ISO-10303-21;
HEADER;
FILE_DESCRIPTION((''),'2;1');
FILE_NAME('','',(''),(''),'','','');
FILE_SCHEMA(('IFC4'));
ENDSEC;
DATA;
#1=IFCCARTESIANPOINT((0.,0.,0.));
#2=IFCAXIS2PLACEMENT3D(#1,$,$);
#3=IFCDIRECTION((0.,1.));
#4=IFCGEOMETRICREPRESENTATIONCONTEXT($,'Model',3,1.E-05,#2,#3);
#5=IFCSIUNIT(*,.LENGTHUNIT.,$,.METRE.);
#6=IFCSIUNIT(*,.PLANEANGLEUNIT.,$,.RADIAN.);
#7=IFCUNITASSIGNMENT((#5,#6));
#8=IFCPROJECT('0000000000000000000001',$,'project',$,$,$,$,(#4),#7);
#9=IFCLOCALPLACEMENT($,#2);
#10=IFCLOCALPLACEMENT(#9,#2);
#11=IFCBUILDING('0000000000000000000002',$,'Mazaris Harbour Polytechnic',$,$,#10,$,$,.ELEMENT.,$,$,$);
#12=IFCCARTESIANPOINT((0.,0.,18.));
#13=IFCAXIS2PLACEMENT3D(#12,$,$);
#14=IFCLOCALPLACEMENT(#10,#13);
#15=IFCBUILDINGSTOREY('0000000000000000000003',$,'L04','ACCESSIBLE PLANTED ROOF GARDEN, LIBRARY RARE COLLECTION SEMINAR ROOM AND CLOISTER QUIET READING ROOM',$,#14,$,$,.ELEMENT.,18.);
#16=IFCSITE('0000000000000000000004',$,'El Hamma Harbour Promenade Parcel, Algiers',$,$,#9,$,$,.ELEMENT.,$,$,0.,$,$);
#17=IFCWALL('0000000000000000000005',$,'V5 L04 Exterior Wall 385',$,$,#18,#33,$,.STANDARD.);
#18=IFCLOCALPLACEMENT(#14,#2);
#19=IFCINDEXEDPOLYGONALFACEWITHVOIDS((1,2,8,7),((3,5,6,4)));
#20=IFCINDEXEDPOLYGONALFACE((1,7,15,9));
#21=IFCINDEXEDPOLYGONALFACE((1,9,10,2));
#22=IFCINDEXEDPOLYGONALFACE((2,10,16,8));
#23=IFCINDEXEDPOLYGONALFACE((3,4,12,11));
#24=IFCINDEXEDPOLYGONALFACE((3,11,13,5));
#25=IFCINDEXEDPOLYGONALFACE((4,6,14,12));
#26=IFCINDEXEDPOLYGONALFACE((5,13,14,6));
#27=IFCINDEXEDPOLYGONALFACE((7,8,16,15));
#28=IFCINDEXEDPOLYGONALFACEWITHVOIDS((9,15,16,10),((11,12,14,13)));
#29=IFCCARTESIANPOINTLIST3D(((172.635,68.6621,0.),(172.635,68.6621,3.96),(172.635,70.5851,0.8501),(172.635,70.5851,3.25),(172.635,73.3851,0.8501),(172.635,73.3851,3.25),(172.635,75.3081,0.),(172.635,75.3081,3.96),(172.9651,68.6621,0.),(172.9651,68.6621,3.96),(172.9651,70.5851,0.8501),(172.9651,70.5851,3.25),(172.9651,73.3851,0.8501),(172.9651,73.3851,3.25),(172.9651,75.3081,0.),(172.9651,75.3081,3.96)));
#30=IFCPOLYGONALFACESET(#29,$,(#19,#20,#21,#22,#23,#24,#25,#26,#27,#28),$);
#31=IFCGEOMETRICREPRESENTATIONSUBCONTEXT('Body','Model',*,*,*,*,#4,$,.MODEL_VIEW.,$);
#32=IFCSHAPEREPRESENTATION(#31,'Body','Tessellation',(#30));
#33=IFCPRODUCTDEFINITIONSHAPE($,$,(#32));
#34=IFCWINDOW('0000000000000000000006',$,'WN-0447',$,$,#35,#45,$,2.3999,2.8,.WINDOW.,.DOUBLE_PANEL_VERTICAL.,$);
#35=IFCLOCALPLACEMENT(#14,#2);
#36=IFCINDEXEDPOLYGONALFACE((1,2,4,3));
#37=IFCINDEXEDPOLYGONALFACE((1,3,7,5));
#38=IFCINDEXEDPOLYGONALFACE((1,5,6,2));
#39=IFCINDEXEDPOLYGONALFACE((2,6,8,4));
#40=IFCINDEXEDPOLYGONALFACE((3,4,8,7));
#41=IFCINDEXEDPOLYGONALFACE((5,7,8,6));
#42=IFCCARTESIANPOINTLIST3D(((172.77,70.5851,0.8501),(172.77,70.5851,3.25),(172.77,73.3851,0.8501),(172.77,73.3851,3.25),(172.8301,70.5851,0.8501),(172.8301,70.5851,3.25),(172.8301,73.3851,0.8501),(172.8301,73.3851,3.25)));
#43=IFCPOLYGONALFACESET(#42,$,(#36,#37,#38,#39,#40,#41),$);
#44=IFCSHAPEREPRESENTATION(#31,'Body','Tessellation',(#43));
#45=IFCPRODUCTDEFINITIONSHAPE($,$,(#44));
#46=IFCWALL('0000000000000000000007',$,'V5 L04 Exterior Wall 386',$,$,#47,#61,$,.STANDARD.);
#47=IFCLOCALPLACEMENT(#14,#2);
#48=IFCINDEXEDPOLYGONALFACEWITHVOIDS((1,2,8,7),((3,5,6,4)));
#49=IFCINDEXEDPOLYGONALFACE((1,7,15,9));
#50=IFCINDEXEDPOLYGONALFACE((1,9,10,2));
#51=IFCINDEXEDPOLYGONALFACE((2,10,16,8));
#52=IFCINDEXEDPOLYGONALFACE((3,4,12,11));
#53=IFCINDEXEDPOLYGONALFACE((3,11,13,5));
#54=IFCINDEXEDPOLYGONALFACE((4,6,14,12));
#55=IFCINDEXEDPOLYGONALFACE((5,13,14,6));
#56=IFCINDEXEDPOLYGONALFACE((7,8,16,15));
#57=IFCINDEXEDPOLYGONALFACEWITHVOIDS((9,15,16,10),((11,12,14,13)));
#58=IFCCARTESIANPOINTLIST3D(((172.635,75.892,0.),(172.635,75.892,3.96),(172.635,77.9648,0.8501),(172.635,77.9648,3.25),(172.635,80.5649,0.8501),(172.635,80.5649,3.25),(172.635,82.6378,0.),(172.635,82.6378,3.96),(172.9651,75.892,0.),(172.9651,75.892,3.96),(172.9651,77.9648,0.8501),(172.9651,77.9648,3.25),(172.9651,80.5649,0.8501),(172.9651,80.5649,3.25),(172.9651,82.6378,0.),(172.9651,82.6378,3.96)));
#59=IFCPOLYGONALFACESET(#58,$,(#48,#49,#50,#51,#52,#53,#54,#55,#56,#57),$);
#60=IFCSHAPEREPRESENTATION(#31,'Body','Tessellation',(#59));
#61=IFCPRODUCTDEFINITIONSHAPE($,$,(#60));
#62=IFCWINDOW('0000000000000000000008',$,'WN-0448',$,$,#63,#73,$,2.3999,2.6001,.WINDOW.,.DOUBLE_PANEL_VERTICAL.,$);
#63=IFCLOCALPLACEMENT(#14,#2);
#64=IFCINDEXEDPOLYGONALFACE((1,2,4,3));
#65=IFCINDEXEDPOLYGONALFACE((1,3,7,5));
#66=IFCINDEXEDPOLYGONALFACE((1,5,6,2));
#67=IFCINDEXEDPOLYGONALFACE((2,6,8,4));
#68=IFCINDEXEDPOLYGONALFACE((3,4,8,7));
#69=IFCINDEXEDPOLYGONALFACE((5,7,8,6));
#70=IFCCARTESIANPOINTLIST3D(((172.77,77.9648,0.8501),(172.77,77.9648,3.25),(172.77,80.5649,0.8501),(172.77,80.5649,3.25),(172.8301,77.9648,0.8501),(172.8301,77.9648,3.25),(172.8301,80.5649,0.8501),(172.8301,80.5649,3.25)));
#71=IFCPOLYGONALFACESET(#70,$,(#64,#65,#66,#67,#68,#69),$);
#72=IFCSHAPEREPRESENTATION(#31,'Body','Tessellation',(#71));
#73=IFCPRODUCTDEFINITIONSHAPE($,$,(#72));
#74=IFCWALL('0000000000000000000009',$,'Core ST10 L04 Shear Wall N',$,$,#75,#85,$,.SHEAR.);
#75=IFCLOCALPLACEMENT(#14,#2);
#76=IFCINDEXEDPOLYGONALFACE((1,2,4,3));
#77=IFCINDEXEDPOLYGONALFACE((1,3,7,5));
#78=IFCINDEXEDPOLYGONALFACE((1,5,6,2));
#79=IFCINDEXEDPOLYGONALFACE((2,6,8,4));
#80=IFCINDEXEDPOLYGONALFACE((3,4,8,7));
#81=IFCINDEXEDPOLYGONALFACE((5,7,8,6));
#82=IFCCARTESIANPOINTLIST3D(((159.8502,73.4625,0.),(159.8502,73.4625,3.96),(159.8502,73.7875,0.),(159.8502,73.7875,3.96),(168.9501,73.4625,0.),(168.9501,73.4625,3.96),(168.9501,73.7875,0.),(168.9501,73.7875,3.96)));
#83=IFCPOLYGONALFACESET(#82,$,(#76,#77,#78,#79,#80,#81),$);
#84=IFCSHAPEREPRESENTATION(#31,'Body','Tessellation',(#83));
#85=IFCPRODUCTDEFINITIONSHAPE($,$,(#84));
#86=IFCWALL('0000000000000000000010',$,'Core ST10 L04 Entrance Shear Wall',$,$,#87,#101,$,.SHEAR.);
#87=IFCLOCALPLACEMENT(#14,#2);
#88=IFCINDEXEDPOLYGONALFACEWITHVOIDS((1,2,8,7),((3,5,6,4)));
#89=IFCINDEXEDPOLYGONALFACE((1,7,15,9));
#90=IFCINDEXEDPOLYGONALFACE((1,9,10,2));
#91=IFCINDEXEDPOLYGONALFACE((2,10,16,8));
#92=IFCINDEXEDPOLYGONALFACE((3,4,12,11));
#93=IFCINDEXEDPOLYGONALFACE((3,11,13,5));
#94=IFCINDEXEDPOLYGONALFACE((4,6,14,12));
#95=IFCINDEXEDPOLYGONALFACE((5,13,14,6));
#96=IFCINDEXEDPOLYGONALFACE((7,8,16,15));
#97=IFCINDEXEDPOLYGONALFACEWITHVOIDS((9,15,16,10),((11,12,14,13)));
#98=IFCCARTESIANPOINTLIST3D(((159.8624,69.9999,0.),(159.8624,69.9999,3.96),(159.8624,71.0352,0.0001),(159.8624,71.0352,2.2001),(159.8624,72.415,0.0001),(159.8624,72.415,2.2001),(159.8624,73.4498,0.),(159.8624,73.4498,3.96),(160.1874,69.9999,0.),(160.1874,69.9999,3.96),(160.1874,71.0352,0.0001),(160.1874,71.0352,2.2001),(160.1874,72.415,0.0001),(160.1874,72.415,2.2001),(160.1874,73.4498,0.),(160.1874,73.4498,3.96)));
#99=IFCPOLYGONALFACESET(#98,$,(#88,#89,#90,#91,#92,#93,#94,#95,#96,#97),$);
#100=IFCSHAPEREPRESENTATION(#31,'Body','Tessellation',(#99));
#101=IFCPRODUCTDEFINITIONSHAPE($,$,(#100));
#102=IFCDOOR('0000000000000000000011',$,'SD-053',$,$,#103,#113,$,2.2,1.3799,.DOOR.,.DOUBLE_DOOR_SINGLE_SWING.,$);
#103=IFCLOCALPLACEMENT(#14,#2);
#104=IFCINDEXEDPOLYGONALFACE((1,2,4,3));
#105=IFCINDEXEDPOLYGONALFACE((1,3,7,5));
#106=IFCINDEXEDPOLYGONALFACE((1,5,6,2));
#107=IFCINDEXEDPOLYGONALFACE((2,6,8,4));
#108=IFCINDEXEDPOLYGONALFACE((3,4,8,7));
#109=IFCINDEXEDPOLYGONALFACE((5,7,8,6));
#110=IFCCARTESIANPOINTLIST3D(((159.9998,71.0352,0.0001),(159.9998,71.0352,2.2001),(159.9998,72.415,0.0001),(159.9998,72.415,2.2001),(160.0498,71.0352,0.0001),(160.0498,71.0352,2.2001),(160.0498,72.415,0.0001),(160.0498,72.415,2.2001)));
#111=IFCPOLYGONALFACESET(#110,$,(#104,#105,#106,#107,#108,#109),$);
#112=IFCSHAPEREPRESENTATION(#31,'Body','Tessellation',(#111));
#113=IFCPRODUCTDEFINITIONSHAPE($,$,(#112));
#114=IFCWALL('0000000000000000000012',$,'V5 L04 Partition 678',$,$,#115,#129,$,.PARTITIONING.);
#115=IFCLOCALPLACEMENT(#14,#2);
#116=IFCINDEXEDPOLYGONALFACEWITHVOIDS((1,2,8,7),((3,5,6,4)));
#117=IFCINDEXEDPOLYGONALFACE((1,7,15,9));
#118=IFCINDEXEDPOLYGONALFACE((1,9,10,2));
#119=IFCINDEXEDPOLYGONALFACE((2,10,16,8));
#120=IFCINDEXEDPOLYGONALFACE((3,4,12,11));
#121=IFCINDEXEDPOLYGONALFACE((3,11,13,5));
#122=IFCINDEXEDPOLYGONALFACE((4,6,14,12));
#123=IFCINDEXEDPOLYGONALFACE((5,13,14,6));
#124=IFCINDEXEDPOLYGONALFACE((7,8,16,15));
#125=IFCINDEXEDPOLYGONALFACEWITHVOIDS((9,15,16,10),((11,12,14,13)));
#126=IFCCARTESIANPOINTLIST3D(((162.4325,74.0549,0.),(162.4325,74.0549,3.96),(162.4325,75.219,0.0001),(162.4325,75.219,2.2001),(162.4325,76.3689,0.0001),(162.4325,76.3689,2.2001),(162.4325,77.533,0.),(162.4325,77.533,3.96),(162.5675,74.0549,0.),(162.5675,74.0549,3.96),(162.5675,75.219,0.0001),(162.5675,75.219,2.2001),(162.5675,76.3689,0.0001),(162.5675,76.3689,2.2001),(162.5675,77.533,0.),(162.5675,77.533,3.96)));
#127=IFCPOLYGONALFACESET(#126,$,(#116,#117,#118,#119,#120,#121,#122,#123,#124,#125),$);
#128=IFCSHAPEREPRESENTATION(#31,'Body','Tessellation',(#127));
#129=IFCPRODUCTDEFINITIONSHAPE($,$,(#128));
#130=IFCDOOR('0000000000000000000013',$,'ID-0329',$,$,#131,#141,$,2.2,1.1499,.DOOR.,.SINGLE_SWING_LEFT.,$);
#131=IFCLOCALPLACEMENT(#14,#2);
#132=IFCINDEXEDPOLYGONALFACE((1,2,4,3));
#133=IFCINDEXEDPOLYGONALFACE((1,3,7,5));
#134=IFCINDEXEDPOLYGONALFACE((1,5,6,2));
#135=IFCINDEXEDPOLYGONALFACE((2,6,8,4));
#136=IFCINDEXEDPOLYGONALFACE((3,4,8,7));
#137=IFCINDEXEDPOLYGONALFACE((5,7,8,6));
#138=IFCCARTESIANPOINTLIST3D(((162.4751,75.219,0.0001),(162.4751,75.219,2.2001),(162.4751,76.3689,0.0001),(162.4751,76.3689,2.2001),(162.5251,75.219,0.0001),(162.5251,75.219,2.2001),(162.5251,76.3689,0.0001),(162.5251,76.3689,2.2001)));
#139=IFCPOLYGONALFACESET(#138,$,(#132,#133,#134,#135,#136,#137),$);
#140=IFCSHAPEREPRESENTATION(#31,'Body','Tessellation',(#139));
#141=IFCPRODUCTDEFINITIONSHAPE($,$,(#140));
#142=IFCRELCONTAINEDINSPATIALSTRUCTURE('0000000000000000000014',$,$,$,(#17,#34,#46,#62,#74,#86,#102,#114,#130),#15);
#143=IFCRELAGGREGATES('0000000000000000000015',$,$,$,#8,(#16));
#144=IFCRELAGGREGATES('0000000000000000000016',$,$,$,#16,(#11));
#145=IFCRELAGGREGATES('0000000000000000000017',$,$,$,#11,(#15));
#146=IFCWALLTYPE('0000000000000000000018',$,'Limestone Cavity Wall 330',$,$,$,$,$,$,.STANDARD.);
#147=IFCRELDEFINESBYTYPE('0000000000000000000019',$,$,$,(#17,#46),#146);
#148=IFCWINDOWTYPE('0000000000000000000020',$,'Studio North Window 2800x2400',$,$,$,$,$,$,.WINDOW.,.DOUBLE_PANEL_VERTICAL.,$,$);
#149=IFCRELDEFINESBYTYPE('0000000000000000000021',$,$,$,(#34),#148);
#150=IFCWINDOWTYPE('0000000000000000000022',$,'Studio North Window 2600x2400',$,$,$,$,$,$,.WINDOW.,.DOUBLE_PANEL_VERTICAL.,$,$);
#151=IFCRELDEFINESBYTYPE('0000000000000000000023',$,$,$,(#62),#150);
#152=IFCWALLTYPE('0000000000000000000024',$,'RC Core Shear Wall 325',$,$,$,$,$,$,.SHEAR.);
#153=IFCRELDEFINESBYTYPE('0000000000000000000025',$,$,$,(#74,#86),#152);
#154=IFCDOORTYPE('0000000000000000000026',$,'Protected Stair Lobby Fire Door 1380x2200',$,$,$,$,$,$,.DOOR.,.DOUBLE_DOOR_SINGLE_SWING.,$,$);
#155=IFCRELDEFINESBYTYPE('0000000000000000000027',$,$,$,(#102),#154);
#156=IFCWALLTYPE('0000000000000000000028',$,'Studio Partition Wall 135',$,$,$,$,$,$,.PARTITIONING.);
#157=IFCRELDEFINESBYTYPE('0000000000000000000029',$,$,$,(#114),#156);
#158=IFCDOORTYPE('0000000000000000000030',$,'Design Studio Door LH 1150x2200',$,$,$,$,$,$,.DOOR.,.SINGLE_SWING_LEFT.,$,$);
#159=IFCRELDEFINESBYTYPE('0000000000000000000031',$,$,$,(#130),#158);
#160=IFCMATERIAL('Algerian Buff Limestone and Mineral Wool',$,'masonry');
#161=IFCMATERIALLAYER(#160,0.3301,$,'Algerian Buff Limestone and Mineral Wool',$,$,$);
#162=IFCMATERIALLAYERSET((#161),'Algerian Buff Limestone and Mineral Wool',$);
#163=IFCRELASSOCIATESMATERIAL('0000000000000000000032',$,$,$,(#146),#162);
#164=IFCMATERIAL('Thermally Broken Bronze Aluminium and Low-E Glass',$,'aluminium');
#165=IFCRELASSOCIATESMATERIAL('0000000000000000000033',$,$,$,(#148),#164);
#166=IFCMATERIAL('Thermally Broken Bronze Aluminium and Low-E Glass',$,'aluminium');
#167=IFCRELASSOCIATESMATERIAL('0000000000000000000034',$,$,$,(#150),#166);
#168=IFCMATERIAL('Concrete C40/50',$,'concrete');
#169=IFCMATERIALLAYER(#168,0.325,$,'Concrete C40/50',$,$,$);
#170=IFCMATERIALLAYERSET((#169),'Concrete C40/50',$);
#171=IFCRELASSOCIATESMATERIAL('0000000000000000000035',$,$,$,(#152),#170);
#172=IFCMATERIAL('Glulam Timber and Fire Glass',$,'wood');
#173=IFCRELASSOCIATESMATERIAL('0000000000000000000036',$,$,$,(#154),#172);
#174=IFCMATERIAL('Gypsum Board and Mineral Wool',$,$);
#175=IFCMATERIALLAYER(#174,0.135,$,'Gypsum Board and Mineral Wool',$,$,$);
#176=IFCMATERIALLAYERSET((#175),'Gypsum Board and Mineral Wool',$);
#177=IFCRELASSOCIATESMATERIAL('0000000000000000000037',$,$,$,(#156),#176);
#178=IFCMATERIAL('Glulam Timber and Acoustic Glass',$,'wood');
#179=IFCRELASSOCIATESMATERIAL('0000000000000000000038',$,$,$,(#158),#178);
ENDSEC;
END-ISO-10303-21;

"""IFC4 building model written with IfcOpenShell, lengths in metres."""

from ifc_helpers import new_model, si_unit, direction, frame, frame_2d, origin, place, context, subcontext, project, spatial, rectangle, extrude, material, layer, layer_set, type_object, element, fill, save


model = new_model("IFC4")

# Units and contexts
model_context = context("Model", 3, precision=1e-05, world=origin(), true_north=direction((0.0, 1.0)))
body_context = subcontext(model_context, "Body", "Model", "MODEL_VIEW")
ifc_project = project(units=[si_unit("LENGTHUNIT", "METRE"), si_unit("PLANEANGLEUNIT", "RADIAN")], contexts=[model_context])

# Site, building, storey
site_placement = place(None, origin())
site = spatial("IfcSite", under=ifc_project, at=site_placement, Name="El Hamma Harbour Promenade Parcel, Algiers", CompositionType="ELEMENT", RefElevation=0.0)
building_placement = place(site_placement, origin())
building = spatial("IfcBuilding", under=site, at=building_placement, Name="Mazaris Harbour Polytechnic", CompositionType="ELEMENT")
storey_placement = place(building_placement, frame((0.0, 0.0, 18.0)))
storey = spatial("IfcBuildingStorey", under=building, at=storey_placement, Name="L04", Description="ACCESSIBLE PLANTED ROOF GARDEN, LIBRARY RARE COLLECTION SEMINAR ROOM AND CLOISTER QUIET READING ROOM", CompositionType="ELEMENT", Elevation=18.0)

# Walls, openings, windows
ifc_material_1 = material(Name="Algerian Buff Limestone and Mineral Wool", Category="masonry")
ifc_layer_1 = layer(ifc_material_1, 0.3301, Name="Algerian Buff Limestone and Mineral Wool")
ifc_layer_set_1 = layer_set([ifc_layer_1], Name="Algerian Buff Limestone and Mineral Wool")
wall_type_1 = type_object("IfcWallType", Name="Limestone Cavity Wall 330", PredefinedType="STANDARD", material=ifc_layer_set_1)
wall_1_placement = place(storey_placement, frame((172.8, 75.3081, 0.0), z_axis=(0.0, 0.0, 1.0), x_axis=(0.0, -1.0, 0.0)))
wall_1 = element("IfcWall", 1, at=wall_1_placement, inside=storey, type_object=wall_type_1, Name="V5 L04 Exterior Wall 385", PredefinedType="STANDARD", context=body_context, shape_type="SweptSolid", body=[
    extrude(rectangle(XDim=6.646, YDim=0.3301, at=frame_2d((3.323, 0.0))), origin(), (0.0, 0.0, 1.0), 3.96),
])
opening_1_placement = place(wall_1_placement, frame((1.9231, 0.0, 0.8501)))
opening_1 = element("IfcOpeningElement", 2, at=opening_1_placement, cuts=wall_1, PredefinedType="OPENING", context=body_context, shape_type="SweptSolid", body=[
    extrude(rectangle(XDim=2.8, YDim=2.3999, at=frame_2d((1.3999, 1.2))), frame((0.0, 0.175, 0.0), z_axis=(0.0, -1.0, 0.0), x_axis=(1.0, 0.0, 0.0)), (0.0, 0.0, 1.0), 0.3501),
])
ifc_material_2 = material(Name="Thermally Broken Bronze Aluminium and Low-E Glass", Category="aluminium")
window_type_1 = type_object("IfcWindowType", Name="Studio North Window 2800x2400", PartitioningType="DOUBLE_PANEL_VERTICAL", PredefinedType="WINDOW", material=ifc_material_2)
window_1_placement = place(opening_1_placement, origin())
window_1 = element("IfcWindow", 3, at=window_1_placement, inside=storey, type_object=window_type_1, Name="WN-0447", OverallHeight=2.3999, OverallWidth=2.8, PartitioningType="DOUBLE_PANEL_VERTICAL", PredefinedType="WINDOW", context=body_context, shape_type="SweptSolid", body=[
    extrude(rectangle(XDim=2.8, YDim=2.3999, at=frame_2d((1.3999, 1.2))), frame((0.0, 0.03, 0.0), z_axis=(0.0, -1.0, 0.0), x_axis=(1.0, 0.0, 0.0)), (0.0, 0.0, 1.0), 0.0601),
])
fill(opening_1, window_1)
wall_2_placement = place(storey_placement, frame((172.8, 82.6379, 0.0), z_axis=(0.0, 0.0, 1.0), x_axis=(0.0, -1.0, 0.0)))
wall_2 = element("IfcWall", 4, at=wall_2_placement, inside=storey, type_object=wall_type_1, Name="V5 L04 Exterior Wall 386", PredefinedType="STANDARD", context=body_context, shape_type="SweptSolid", body=[
    extrude(rectangle(XDim=6.7458, YDim=0.3301, at=frame_2d((3.373, 0.0))), origin(), (0.0, 0.0, 1.0), 3.96),
])
opening_2_placement = place(wall_2_placement, frame((2.073, 0.0, 0.8501)))
opening_2 = element("IfcOpeningElement", 5, at=opening_2_placement, cuts=wall_2, PredefinedType="OPENING", context=body_context, shape_type="SweptSolid", body=[
    extrude(rectangle(XDim=2.6001, YDim=2.3999, at=frame_2d((1.3, 1.2))), frame((0.0, 0.175, 0.0), z_axis=(0.0, -1.0, 0.0), x_axis=(1.0, 0.0, 0.0)), (0.0, 0.0, 1.0), 0.3501),
])
ifc_material_3 = material(Name="Thermally Broken Bronze Aluminium and Low-E Glass", Category="aluminium")
window_type_2 = type_object("IfcWindowType", Name="Studio North Window 2600x2400", PartitioningType="DOUBLE_PANEL_VERTICAL", PredefinedType="WINDOW", material=ifc_material_3)
window_2_placement = place(opening_2_placement, origin())
window_2 = element("IfcWindow", 6, at=window_2_placement, inside=storey, type_object=window_type_2, Name="WN-0448", OverallHeight=2.3999, OverallWidth=2.6001, PartitioningType="DOUBLE_PANEL_VERTICAL", PredefinedType="WINDOW", context=body_context, shape_type="SweptSolid", body=[
    extrude(rectangle(XDim=2.6001, YDim=2.3999, at=frame_2d((1.3, 1.2))), frame((0.0, 0.03, 0.0), z_axis=(0.0, -1.0, 0.0), x_axis=(1.0, 0.0, 0.0)), (0.0, 0.0, 1.0), 0.0601),
])
fill(opening_2, window_2)

# Wall
ifc_material_4 = material(Name="Concrete C40/50", Category="concrete")
ifc_layer_2 = layer(ifc_material_4, 0.325, Name="Concrete C40/50")
ifc_layer_set_2 = layer_set([ifc_layer_2], Name="Concrete C40/50")
wall_type_2 = type_object("IfcWallType", Name="RC Core Shear Wall 325", PredefinedType="SHEAR", material=ifc_layer_set_2)
wall_3_placement = place(storey_placement, frame((168.95, 73.625, 0.0), z_axis=(0.0, 0.0, 1.0), x_axis=(-1.0, 0.0, 0.0)))
element("IfcWall", 7, at=wall_3_placement, inside=storey, type_object=wall_type_2, Name="Core ST10 L04 Shear Wall N", PredefinedType="SHEAR", context=body_context, shape_type="SweptSolid", body=[
    extrude(rectangle(XDim=9.0999, YDim=0.325, at=frame_2d((4.5498, 0.0))), origin(), (0.0, 0.0, 1.0), 3.96),
])

# Walls, openings, doors
wall_4_placement = place(storey_placement, frame((160.0249, 73.45, 0.0), z_axis=(0.0, 0.0, 1.0), x_axis=(0.0, -1.0, 0.0)))
wall_4 = element("IfcWall", 8, at=wall_4_placement, inside=storey, type_object=wall_type_2, Name="Core ST10 L04 Entrance Shear Wall", PredefinedType="SHEAR", context=body_context, shape_type="SweptSolid", body=[
    extrude(rectangle(XDim=3.45, YDim=0.325, at=frame_2d((1.7251, 0.0))), origin(), (0.0, 0.0, 1.0), 3.96),
])
opening_3_placement = place(wall_4_placement, frame((1.0349, 0.0, 0.0)))
opening_3 = element("IfcOpeningElement", 9, at=opening_3_placement, cuts=wall_4, PredefinedType="OPENING", context=body_context, shape_type="SweptSolid", body=[
    extrude(rectangle(XDim=1.3799, YDim=2.2, at=frame_2d((0.6899, 1.1001))), frame((0.0, 0.1724, 0.0), z_axis=(0.0, -1.0, 0.0), x_axis=(1.0, 0.0, 0.0)), (0.0, 0.0, 1.0), 0.345),
])
ifc_material_5 = material(Name="Glulam Timber and Fire Glass", Category="wood")
door_type_1 = type_object("IfcDoorType", Name="Protected Stair Lobby Fire Door 1380x2200", OperationType="DOUBLE_DOOR_SINGLE_SWING", PredefinedType="DOOR", material=ifc_material_5)
door_1_placement = place(opening_3_placement, origin())
door_1 = element("IfcDoor", 10, at=door_1_placement, inside=storey, type_object=door_type_1, Name="SD-053", OperationType="DOUBLE_DOOR_SINGLE_SWING", OverallHeight=2.2, OverallWidth=1.3799, PredefinedType="DOOR", context=body_context, shape_type="SweptSolid", body=[
    extrude(rectangle(XDim=1.3799, YDim=2.2, at=frame_2d((0.6899, 1.1001))), frame((0.0, 0.0249, 0.0), z_axis=(0.0, -1.0, 0.0), x_axis=(1.0, 0.0, 0.0)), (0.0, 0.0, 1.0), 0.05),
])
fill(opening_3, door_1)
ifc_material_6 = material(Name="Gypsum Board and Mineral Wool")
ifc_layer_3 = layer(ifc_material_6, 0.135, Name="Gypsum Board and Mineral Wool")
ifc_layer_set_3 = layer_set([ifc_layer_3], Name="Gypsum Board and Mineral Wool")
wall_type_3 = type_object("IfcWallType", Name="Studio Partition Wall 135", PredefinedType="PARTITIONING", material=ifc_layer_set_3)
wall_5_placement = place(storey_placement, frame((162.5, 74.0549, 0.0), z_axis=(0.0, 0.0, 1.0), x_axis=(0.0, 1.0, 0.0)))
wall_5 = element("IfcWall", 11, at=wall_5_placement, inside=storey, type_object=wall_type_3, Name="V5 L04 Partition 678", PredefinedType="PARTITIONING", context=body_context, shape_type="SweptSolid", body=[
    extrude(rectangle(XDim=3.478, YDim=0.135, at=frame_2d((1.739, 0.0))), origin(), (0.0, 0.0, 1.0), 3.96),
])
opening_4_placement = place(wall_5_placement, frame((1.1641, 0.0, 0.0)))
opening_4 = element("IfcOpeningElement", 12, at=opening_4_placement, cuts=wall_5, PredefinedType="OPENING", context=body_context, shape_type="SweptSolid", body=[
    extrude(rectangle(XDim=1.1499, YDim=2.2, at=frame_2d((0.575, 1.1001))), frame((0.0, 0.0774, 0.0), z_axis=(0.0, -1.0, 0.0), x_axis=(1.0, 0.0, 0.0)), (0.0, 0.0, 1.0), 0.155),
])
ifc_material_7 = material(Name="Glulam Timber and Acoustic Glass", Category="wood")
door_type_2 = type_object("IfcDoorType", Name="Design Studio Door LH 1150x2200", OperationType="SINGLE_SWING_LEFT", PredefinedType="DOOR", material=ifc_material_7)
door_2_placement = place(opening_4_placement, origin())
door_2 = element("IfcDoor", 13, at=door_2_placement, inside=storey, type_object=door_type_2, Name="ID-0329", OperationType="SINGLE_SWING_LEFT", OverallHeight=2.2, OverallWidth=1.1499, PredefinedType="DOOR", context=body_context, shape_type="SweptSolid", body=[
    extrude(rectangle(XDim=1.1499, YDim=2.2, at=frame_2d((0.575, 1.1001))), frame((0.0, 0.0249, 0.0), z_axis=(0.0, -1.0, 0.0), x_axis=(1.0, 0.0, 0.0)), (0.0, 0.0, 1.0), 0.05),
])
fill(opening_4, door_2)

save(model, "model.ifc")
